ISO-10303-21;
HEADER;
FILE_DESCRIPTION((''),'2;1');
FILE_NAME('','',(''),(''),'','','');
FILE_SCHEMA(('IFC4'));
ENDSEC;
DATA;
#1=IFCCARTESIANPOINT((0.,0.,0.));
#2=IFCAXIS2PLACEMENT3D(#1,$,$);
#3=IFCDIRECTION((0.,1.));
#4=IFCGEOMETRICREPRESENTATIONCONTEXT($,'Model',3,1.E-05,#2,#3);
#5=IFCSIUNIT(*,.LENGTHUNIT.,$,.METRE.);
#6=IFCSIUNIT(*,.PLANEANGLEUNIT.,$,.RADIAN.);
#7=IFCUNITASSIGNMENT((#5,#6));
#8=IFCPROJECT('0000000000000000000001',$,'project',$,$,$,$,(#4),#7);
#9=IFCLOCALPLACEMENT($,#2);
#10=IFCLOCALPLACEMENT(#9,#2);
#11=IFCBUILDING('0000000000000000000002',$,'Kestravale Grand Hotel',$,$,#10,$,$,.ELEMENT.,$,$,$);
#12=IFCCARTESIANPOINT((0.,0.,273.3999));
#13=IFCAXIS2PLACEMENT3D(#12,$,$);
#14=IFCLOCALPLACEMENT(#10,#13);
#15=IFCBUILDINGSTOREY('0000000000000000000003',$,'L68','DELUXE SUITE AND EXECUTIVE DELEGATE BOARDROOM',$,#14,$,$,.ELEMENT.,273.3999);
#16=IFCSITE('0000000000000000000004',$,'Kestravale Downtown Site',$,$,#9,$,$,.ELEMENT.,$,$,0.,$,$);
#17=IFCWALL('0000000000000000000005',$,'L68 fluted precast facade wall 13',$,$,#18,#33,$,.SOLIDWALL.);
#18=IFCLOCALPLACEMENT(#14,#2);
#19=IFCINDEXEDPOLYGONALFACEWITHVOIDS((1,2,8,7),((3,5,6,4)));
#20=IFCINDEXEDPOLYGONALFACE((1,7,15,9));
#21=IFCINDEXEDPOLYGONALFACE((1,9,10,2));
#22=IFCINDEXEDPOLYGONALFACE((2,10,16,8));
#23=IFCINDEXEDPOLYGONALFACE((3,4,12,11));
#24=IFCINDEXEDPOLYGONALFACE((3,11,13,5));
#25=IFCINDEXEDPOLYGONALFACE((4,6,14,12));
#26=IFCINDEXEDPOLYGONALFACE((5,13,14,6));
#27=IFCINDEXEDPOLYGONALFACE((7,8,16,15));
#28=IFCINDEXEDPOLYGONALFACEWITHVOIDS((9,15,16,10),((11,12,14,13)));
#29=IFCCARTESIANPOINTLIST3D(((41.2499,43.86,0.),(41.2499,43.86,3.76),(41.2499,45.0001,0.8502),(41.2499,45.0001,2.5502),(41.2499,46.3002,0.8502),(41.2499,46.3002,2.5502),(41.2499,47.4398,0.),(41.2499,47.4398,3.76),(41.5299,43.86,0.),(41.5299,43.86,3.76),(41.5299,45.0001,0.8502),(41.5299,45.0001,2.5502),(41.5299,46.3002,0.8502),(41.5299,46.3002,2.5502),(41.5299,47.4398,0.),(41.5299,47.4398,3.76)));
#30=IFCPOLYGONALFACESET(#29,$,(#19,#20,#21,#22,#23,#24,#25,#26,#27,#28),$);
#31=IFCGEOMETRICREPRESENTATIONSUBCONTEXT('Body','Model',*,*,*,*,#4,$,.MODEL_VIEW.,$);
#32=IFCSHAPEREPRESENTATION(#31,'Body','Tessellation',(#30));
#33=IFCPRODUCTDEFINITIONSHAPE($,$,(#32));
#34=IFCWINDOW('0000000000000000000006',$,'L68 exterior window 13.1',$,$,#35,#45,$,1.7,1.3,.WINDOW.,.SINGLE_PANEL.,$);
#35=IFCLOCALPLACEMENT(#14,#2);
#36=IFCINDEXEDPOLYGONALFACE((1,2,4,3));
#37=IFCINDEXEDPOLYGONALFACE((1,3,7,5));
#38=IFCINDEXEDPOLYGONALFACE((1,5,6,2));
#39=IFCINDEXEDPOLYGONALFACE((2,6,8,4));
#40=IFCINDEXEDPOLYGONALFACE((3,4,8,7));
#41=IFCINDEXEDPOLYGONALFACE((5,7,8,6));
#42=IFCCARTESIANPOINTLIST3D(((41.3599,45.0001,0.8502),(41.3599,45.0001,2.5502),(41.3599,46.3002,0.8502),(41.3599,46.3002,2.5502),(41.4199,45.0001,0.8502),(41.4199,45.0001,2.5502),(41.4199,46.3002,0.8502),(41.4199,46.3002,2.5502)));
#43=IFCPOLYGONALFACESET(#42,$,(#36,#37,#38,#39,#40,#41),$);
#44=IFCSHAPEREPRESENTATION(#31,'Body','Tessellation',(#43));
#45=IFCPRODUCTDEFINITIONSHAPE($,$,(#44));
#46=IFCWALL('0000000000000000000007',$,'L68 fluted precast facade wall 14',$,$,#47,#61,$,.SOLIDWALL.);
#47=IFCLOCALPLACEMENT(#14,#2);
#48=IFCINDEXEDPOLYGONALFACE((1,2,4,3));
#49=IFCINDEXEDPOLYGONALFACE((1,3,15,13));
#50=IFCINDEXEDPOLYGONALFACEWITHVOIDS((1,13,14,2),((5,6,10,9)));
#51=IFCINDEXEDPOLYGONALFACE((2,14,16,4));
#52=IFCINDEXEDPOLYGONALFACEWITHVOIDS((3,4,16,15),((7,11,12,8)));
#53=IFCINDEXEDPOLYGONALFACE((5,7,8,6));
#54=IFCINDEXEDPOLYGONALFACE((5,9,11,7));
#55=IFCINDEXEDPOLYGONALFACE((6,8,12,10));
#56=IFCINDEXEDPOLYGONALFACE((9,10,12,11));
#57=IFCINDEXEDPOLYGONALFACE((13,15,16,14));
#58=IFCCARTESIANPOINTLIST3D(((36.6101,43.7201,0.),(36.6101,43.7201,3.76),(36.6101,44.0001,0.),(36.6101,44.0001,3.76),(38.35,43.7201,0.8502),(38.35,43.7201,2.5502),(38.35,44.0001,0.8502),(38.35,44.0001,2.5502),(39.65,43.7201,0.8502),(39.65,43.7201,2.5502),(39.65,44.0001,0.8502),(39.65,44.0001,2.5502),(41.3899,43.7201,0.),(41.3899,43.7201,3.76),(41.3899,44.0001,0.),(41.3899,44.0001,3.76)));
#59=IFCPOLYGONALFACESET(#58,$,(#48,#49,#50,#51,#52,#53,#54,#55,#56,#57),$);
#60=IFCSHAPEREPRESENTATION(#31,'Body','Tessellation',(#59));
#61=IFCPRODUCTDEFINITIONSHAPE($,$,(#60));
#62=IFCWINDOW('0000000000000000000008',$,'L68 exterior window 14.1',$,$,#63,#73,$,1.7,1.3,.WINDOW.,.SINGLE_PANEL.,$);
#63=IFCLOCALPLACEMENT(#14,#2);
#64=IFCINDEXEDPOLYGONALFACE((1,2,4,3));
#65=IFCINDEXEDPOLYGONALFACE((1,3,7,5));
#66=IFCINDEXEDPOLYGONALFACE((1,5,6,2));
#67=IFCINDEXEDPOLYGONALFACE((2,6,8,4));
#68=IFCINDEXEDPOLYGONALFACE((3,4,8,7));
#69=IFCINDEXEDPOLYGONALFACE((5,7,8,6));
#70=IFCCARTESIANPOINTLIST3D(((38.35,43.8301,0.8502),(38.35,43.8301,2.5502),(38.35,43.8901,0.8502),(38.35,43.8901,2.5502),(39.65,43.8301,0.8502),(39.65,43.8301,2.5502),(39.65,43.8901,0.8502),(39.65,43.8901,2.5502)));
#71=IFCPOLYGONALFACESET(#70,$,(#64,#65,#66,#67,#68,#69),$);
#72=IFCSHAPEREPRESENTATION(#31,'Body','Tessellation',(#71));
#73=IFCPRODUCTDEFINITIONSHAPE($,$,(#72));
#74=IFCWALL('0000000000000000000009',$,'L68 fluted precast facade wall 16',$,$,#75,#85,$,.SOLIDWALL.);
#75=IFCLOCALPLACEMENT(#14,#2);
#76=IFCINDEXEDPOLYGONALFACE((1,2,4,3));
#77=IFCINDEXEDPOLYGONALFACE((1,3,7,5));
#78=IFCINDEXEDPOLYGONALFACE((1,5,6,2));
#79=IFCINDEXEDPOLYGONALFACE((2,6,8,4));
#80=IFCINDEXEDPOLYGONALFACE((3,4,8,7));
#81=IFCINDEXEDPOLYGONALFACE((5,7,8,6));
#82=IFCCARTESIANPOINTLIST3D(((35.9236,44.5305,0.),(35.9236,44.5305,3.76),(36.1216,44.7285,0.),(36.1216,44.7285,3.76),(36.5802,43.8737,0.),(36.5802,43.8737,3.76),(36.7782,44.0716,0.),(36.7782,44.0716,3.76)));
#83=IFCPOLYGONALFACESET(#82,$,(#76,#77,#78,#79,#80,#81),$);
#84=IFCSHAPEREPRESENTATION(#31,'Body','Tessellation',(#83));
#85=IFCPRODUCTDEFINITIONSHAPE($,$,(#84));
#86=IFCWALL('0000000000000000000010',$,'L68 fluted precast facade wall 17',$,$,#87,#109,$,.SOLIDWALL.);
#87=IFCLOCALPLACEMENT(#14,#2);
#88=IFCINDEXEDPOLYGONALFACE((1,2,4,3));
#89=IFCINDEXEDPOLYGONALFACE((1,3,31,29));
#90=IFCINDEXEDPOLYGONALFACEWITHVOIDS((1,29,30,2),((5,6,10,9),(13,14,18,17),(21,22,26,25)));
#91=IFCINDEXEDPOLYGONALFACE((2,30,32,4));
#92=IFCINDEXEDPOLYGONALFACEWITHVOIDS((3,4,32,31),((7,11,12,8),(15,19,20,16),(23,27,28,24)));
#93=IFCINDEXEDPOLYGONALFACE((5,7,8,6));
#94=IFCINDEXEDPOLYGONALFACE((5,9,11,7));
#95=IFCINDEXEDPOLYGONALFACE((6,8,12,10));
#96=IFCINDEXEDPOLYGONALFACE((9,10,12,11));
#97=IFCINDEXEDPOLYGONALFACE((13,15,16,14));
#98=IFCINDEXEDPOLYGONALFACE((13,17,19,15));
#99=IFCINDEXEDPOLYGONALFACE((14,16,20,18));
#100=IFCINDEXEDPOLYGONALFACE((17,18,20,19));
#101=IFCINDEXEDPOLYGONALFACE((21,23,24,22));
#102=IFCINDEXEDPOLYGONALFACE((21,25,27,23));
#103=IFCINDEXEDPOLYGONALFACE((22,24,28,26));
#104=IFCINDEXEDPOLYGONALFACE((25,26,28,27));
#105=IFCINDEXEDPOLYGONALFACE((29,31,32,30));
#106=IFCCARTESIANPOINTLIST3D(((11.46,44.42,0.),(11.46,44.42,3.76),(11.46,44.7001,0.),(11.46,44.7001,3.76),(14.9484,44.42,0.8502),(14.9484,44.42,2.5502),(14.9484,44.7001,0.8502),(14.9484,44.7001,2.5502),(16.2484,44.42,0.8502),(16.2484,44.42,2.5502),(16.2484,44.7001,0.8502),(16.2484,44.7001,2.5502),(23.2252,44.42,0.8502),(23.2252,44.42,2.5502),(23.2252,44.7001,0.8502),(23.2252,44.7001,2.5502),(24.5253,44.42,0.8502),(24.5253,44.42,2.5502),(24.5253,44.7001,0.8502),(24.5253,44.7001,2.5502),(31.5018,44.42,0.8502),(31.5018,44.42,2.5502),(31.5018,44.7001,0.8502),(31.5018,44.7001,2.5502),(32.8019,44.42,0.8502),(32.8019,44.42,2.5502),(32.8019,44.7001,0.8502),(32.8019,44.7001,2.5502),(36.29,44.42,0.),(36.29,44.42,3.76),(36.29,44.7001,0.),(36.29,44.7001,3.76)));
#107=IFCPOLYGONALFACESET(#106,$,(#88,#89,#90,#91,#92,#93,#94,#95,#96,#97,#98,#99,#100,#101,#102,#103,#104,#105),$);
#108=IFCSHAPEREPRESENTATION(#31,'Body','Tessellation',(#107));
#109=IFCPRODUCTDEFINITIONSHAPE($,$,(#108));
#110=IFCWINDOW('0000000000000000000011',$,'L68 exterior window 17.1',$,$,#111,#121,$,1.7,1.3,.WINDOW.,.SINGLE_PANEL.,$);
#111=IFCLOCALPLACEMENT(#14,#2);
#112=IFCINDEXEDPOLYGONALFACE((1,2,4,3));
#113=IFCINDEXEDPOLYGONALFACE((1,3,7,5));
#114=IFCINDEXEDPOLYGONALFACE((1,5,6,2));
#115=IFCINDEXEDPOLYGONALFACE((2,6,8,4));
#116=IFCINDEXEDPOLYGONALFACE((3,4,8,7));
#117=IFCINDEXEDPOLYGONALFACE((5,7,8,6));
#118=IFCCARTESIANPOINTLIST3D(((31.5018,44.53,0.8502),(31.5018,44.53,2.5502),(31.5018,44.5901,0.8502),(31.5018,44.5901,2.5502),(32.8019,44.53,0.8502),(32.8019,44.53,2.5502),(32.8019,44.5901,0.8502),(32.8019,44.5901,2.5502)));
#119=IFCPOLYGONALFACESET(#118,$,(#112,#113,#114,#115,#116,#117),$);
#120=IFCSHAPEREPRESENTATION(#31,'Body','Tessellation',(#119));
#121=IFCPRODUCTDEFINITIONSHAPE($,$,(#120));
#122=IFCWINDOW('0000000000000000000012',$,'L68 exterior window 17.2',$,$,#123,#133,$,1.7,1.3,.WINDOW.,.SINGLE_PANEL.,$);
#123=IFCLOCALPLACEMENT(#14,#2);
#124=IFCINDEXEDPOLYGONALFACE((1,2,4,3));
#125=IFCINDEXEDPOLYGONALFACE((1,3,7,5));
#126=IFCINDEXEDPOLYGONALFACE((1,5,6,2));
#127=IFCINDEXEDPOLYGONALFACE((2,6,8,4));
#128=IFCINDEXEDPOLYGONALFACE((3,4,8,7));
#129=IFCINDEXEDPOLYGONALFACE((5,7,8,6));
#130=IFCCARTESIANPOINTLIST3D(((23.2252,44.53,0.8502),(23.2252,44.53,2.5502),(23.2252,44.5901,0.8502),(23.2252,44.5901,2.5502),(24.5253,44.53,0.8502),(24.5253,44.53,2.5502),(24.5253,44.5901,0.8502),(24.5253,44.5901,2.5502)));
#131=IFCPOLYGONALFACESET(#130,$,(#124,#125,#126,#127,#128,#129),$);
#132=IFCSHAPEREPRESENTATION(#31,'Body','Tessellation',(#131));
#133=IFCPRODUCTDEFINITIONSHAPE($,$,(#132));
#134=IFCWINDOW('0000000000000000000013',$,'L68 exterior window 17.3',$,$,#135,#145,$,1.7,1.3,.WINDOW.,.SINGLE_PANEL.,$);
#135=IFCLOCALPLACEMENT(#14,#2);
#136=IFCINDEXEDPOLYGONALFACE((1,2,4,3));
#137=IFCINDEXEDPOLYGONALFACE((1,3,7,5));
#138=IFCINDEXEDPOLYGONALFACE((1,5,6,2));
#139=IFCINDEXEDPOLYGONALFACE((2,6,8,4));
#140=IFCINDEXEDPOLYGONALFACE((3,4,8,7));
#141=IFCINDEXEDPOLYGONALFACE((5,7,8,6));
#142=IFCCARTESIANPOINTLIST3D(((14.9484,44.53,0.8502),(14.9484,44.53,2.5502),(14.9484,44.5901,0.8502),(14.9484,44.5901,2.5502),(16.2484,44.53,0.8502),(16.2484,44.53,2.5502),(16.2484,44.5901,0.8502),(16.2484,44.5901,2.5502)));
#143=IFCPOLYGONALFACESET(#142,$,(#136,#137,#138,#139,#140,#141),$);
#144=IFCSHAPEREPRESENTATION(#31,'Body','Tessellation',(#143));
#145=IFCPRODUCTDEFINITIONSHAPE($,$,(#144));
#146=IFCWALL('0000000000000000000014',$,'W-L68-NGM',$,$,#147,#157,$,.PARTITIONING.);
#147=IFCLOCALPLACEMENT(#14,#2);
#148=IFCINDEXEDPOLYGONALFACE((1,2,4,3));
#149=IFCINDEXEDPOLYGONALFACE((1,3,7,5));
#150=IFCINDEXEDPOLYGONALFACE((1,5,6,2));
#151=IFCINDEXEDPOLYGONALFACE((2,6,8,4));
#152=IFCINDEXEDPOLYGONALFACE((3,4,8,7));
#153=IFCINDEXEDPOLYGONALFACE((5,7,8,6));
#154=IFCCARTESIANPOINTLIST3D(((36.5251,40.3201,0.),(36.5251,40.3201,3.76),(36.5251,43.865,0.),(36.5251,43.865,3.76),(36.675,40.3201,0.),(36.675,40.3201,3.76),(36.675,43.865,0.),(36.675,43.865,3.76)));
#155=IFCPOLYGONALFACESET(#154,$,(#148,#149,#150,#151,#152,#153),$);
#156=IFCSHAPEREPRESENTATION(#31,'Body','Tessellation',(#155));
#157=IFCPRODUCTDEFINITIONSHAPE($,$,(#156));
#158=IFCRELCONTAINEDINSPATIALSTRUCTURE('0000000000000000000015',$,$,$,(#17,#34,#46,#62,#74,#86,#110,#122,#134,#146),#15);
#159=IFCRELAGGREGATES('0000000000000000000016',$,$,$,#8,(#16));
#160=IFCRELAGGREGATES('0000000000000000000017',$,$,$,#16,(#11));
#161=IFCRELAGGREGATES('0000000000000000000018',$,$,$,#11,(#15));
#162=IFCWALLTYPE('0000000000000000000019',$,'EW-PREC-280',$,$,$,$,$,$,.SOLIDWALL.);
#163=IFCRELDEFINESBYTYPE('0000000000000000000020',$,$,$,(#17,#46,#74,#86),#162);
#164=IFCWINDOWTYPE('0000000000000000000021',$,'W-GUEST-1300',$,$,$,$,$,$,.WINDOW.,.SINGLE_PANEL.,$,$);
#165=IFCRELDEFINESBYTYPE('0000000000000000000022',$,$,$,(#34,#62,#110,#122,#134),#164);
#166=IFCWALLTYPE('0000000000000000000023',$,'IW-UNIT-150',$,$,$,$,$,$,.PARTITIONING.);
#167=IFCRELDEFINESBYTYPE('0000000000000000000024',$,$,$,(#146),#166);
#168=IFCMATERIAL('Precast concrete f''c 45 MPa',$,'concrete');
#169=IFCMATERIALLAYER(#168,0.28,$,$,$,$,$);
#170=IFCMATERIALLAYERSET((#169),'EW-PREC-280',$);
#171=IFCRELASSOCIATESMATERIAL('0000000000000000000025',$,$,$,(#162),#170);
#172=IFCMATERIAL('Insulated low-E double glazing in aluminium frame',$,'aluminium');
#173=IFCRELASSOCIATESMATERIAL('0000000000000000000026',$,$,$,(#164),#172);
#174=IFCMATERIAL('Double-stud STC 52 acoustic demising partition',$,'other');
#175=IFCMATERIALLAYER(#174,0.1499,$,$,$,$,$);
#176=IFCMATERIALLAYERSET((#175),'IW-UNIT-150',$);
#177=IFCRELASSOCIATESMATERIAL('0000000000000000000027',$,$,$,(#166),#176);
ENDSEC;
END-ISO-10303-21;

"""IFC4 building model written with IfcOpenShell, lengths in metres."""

from ifc_helpers import new_model, si_unit, direction, frame, frame_2d, origin, place, context, subcontext, project, spatial, rectangle, extrude, material, layer, layer_set, type_object, element, fill, save


model = new_model("IFC4")

# Units and contexts
model_context = context("Model", 3, precision=1e-05, world=origin(), true_north=direction((0.0, 1.0)))
body_context = subcontext(model_context, "Body", "Model", "MODEL_VIEW")
ifc_project = project(units=[si_unit("LENGTHUNIT", "METRE"), si_unit("PLANEANGLEUNIT", "RADIAN")], contexts=[model_context])

# Site, building, storey
site_placement = place(None, origin())
site = spatial("IfcSite", under=ifc_project, at=site_placement, Name="Kestravale Downtown Site", CompositionType="ELEMENT", RefElevation=0.0)
building_placement = place(site_placement, origin())
building = spatial("IfcBuilding", under=site, at=building_placement, Name="Kestravale Grand Hotel", CompositionType="ELEMENT")
storey_placement = place(building_placement, frame((0.0, 0.0, 273.3999)))
storey = spatial("IfcBuildingStorey", under=building, at=storey_placement, Name="L68", Description="DELUXE SUITE AND EXECUTIVE DELEGATE BOARDROOM", CompositionType="ELEMENT", Elevation=273.3999)

# Shared definitions
ifc_material_1 = material(Name="Precast concrete f'c 45 MPa", Category="concrete")
ifc_layer_1 = layer(ifc_material_1, 0.28)
ifc_layer_set_1 = layer_set([ifc_layer_1], Name="EW-PREC-280")
wall_type_1 = type_object("IfcWallType", Name="EW-PREC-280", PredefinedType="SOLIDWALL", material=ifc_layer_set_1)

# Walls, openings, windows
wall_1_placement = place(storey_placement, frame((41.3899, 47.4399, 0.0), z_axis=(0.0, 0.0, 1.0), x_axis=(0.0, -1.0, 0.0)))
wall_1 = element("IfcWall", 1, at=wall_1_placement, inside=storey, type_object=wall_type_1, Name="L68 fluted precast facade wall 13", PredefinedType="SOLIDWALL", context=body_context, shape_type="SweptSolid", body=[
    extrude(rectangle(XDim=3.5798, YDim=0.28, at=frame_2d((1.79, 0.0))), origin(), (0.0, 0.0, 1.0), 3.76),
])
opening_1_placement = place(wall_1_placement, frame((1.1399, 0.0, 0.8501)))
opening_1 = element("IfcOpeningElement", 2, at=opening_1_placement, cuts=wall_1, PredefinedType="OPENING", context=body_context, shape_type="SweptSolid", body=[
    extrude(rectangle(XDim=1.3, YDim=1.7, at=frame_2d((0.6499, 0.8501))), frame((0.0, 0.1499, 0.0), z_axis=(0.0, -1.0, 0.0), x_axis=(1.0, 0.0, 0.0)), (0.0, 0.0, 1.0), 0.3),
])
ifc_material_2 = material(Name="Insulated low-E double glazing in aluminium frame", Category="aluminium")
window_type = type_object("IfcWindowType", Name="W-GUEST-1300", PartitioningType="SINGLE_PANEL", PredefinedType="WINDOW", material=ifc_material_2)
window_1_placement = place(opening_1_placement, origin())
window_1 = element("IfcWindow", 3, at=window_1_placement, inside=storey, type_object=window_type, Name="L68 exterior window 13.1", OverallHeight=1.7, OverallWidth=1.3, PartitioningType="SINGLE_PANEL", PredefinedType="WINDOW", context=body_context, shape_type="SweptSolid", body=[
    extrude(rectangle(XDim=1.3, YDim=1.7, at=frame_2d((0.6499, 0.8501))), frame((0.0, 0.03, 0.0), z_axis=(0.0, -1.0, 0.0), x_axis=(1.0, 0.0, 0.0)), (0.0, 0.0, 1.0), 0.0601),
])
fill(opening_1, window_1)
wall_2_placement = place(storey_placement, frame((41.3899, 43.8601, 0.0), z_axis=(0.0, 0.0, 1.0), x_axis=(-1.0, 0.0, 0.0)))
wall_2 = element("IfcWall", 4, at=wall_2_placement, inside=storey, type_object=wall_type_1, Name="L68 fluted precast facade wall 14", PredefinedType="SOLIDWALL", context=body_context, shape_type="SweptSolid", body=[
    extrude(rectangle(XDim=4.7798, YDim=0.28, at=frame_2d((2.3899, 0.0))), origin(), (0.0, 0.0, 1.0), 3.76),
])
opening_2_placement = place(wall_2_placement, frame((1.74, 0.0, 0.8501)))
opening_2 = element("IfcOpeningElement", 5, at=opening_2_placement, cuts=wall_2, PredefinedType="OPENING", context=body_context, shape_type="SweptSolid", body=[
    extrude(rectangle(XDim=1.3, YDim=1.7, at=frame_2d((0.6499, 0.8501))), frame((0.0, 0.1499, 0.0), z_axis=(0.0, -1.0, 0.0), x_axis=(1.0, 0.0, 0.0)), (0.0, 0.0, 1.0), 0.3),
])
window_2_placement = place(opening_2_placement, origin())
window_2 = element("IfcWindow", 6, at=window_2_placement, inside=storey, type_object=window_type, Name="L68 exterior window 14.1", OverallHeight=1.7, OverallWidth=1.3, PartitioningType="SINGLE_PANEL", PredefinedType="WINDOW", context=body_context, shape_type="SweptSolid", body=[
    extrude(rectangle(XDim=1.3, YDim=1.7, at=frame_2d((0.6499, 0.8501))), frame((0.0, 0.03, 0.0), z_axis=(0.0, -1.0, 0.0), x_axis=(1.0, 0.0, 0.0)), (0.0, 0.0, 1.0), 0.0601),
])
fill(opening_2, window_2)

# Wall
wall_3_placement = place(storey_placement, frame((36.6792, 43.9727, 0.0), z_axis=(0.0, 0.0, 1.0), x_axis=(-0.706975, 0.707238, 0.0)))
element("IfcWall", 7, at=wall_3_placement, inside=storey, type_object=wall_type_1, Name="L68 fluted precast facade wall 16", PredefinedType="SOLIDWALL", context=body_context, shape_type="SweptSolid", body=[
    extrude(rectangle(XDim=0.9287, YDim=0.28, at=frame_2d((0.4644, 0.0))), origin(), (0.0, 0.0, 1.0), 3.76),
])

# Wall, openings, windows
wall_4_placement = place(storey_placement, frame((36.29, 44.5601, 0.0), z_axis=(0.0, 0.0, 1.0), x_axis=(-1.0, 0.0, 0.0)))
wall_4 = element("IfcWall", 8, at=wall_4_placement, inside=storey, type_object=wall_type_1, Name="L68 fluted precast facade wall 17", PredefinedType="SOLIDWALL", context=body_context, shape_type="SweptSolid", body=[
    extrude(rectangle(XDim=24.8301, YDim=0.28, at=frame_2d((12.415, 0.0))), origin(), (0.0, 0.0, 1.0), 3.76),
])
opening_3_placement = place(wall_4_placement, frame((3.4883, 0.0, 0.8501)))
opening_3 = element("IfcOpeningElement", 9, at=opening_3_placement, cuts=wall_4, PredefinedType="OPENING", context=body_context, shape_type="SweptSolid", body=[
    extrude(rectangle(XDim=1.3, YDim=1.7, at=frame_2d((0.6499, 0.8501))), frame((0.0, 0.1499, 0.0), z_axis=(0.0, -1.0, 0.0), x_axis=(1.0, 0.0, 0.0)), (0.0, 0.0, 1.0), 0.3),
])
opening_4_placement = place(wall_4_placement, frame((11.7649, 0.0, 0.8501)))
opening_4 = element("IfcOpeningElement", 10, at=opening_4_placement, cuts=wall_4, PredefinedType="OPENING", context=body_context, shape_type="SweptSolid", body=[
    extrude(rectangle(XDim=1.3, YDim=1.7, at=frame_2d((0.6499, 0.8501))), frame((0.0, 0.1499, 0.0), z_axis=(0.0, -1.0, 0.0), x_axis=(1.0, 0.0, 0.0)), (0.0, 0.0, 1.0), 0.3),
])
opening_5_placement = place(wall_4_placement, frame((20.0417, 0.0, 0.8501)))
opening_5 = element("IfcOpeningElement", 11, at=opening_5_placement, cuts=wall_4, PredefinedType="OPENING", context=body_context, shape_type="SweptSolid", body=[
    extrude(rectangle(XDim=1.3, YDim=1.7, at=frame_2d((0.6499, 0.8501))), frame((0.0, 0.1499, 0.0), z_axis=(0.0, -1.0, 0.0), x_axis=(1.0, 0.0, 0.0)), (0.0, 0.0, 1.0), 0.3),
])
window_3_placement = place(opening_3_placement, origin())
window_3 = element("IfcWindow", 12, at=window_3_placement, inside=storey, type_object=window_type, Name="L68 exterior window 17.1", OverallHeight=1.7, OverallWidth=1.3, PartitioningType="SINGLE_PANEL", PredefinedType="WINDOW", context=body_context, shape_type="SweptSolid", body=[
    extrude(rectangle(XDim=1.3, YDim=1.7, at=frame_2d((0.6499, 0.8501))), frame((0.0, 0.03, 0.0), z_axis=(0.0, -1.0, 0.0), x_axis=(1.0, 0.0, 0.0)), (0.0, 0.0, 1.0), 0.0601),
])
fill(opening_3, window_3)
window_4_placement = place(opening_4_placement, origin())
window_4 = element("IfcWindow", 13, at=window_4_placement, inside=storey, type_object=window_type, Name="L68 exterior window 17.2", OverallHeight=1.7, OverallWidth=1.3, PartitioningType="SINGLE_PANEL", PredefinedType="WINDOW", context=body_context, shape_type="SweptSolid", body=[
    extrude(rectangle(XDim=1.3, YDim=1.7, at=frame_2d((0.6499, 0.8501))), frame((0.0, 0.03, 0.0), z_axis=(0.0, -1.0, 0.0), x_axis=(1.0, 0.0, 0.0)), (0.0, 0.0, 1.0), 0.0601),
])
fill(opening_4, window_4)
window_5_placement = place(opening_5_placement, origin())
window_5 = element("IfcWindow", 14, at=window_5_placement, inside=storey, type_object=window_type, Name="L68 exterior window 17.3", OverallHeight=1.7, OverallWidth=1.3, PartitioningType="SINGLE_PANEL", PredefinedType="WINDOW", context=body_context, shape_type="SweptSolid", body=[
    extrude(rectangle(XDim=1.3, YDim=1.7, at=frame_2d((0.6499, 0.8501))), frame((0.0, 0.03, 0.0), z_axis=(0.0, -1.0, 0.0), x_axis=(1.0, 0.0, 0.0)), (0.0, 0.0, 1.0), 0.0601),
])
fill(opening_5, window_5)

# Wall
ifc_material_3 = material(Name="Double-stud STC 52 acoustic demising partition", Category="other")
ifc_layer_2 = layer(ifc_material_3, 0.1499)
ifc_layer_set_2 = layer_set([ifc_layer_2], Name="IW-UNIT-150")
wall_type_2 = type_object("IfcWallType", Name="IW-UNIT-150", PredefinedType="PARTITIONING", material=ifc_layer_set_2)
wall_5_placement = place(storey_placement, frame((36.6001, 40.3201, 0.0), z_axis=(0.0, 0.0, 1.0), x_axis=(0.0, 1.0, 0.0)))
element("IfcWall", 15, at=wall_5_placement, inside=storey, type_object=wall_type_2, Name="W-L68-NGM", PredefinedType="PARTITIONING", context=body_context, shape_type="SweptSolid", body=[
    extrude(rectangle(XDim=3.5449, YDim=0.1499, at=frame_2d((1.7725, 0.0))), origin(), (0.0, 0.0, 1.0), 3.76),
])

save(model, "model.ifc")
